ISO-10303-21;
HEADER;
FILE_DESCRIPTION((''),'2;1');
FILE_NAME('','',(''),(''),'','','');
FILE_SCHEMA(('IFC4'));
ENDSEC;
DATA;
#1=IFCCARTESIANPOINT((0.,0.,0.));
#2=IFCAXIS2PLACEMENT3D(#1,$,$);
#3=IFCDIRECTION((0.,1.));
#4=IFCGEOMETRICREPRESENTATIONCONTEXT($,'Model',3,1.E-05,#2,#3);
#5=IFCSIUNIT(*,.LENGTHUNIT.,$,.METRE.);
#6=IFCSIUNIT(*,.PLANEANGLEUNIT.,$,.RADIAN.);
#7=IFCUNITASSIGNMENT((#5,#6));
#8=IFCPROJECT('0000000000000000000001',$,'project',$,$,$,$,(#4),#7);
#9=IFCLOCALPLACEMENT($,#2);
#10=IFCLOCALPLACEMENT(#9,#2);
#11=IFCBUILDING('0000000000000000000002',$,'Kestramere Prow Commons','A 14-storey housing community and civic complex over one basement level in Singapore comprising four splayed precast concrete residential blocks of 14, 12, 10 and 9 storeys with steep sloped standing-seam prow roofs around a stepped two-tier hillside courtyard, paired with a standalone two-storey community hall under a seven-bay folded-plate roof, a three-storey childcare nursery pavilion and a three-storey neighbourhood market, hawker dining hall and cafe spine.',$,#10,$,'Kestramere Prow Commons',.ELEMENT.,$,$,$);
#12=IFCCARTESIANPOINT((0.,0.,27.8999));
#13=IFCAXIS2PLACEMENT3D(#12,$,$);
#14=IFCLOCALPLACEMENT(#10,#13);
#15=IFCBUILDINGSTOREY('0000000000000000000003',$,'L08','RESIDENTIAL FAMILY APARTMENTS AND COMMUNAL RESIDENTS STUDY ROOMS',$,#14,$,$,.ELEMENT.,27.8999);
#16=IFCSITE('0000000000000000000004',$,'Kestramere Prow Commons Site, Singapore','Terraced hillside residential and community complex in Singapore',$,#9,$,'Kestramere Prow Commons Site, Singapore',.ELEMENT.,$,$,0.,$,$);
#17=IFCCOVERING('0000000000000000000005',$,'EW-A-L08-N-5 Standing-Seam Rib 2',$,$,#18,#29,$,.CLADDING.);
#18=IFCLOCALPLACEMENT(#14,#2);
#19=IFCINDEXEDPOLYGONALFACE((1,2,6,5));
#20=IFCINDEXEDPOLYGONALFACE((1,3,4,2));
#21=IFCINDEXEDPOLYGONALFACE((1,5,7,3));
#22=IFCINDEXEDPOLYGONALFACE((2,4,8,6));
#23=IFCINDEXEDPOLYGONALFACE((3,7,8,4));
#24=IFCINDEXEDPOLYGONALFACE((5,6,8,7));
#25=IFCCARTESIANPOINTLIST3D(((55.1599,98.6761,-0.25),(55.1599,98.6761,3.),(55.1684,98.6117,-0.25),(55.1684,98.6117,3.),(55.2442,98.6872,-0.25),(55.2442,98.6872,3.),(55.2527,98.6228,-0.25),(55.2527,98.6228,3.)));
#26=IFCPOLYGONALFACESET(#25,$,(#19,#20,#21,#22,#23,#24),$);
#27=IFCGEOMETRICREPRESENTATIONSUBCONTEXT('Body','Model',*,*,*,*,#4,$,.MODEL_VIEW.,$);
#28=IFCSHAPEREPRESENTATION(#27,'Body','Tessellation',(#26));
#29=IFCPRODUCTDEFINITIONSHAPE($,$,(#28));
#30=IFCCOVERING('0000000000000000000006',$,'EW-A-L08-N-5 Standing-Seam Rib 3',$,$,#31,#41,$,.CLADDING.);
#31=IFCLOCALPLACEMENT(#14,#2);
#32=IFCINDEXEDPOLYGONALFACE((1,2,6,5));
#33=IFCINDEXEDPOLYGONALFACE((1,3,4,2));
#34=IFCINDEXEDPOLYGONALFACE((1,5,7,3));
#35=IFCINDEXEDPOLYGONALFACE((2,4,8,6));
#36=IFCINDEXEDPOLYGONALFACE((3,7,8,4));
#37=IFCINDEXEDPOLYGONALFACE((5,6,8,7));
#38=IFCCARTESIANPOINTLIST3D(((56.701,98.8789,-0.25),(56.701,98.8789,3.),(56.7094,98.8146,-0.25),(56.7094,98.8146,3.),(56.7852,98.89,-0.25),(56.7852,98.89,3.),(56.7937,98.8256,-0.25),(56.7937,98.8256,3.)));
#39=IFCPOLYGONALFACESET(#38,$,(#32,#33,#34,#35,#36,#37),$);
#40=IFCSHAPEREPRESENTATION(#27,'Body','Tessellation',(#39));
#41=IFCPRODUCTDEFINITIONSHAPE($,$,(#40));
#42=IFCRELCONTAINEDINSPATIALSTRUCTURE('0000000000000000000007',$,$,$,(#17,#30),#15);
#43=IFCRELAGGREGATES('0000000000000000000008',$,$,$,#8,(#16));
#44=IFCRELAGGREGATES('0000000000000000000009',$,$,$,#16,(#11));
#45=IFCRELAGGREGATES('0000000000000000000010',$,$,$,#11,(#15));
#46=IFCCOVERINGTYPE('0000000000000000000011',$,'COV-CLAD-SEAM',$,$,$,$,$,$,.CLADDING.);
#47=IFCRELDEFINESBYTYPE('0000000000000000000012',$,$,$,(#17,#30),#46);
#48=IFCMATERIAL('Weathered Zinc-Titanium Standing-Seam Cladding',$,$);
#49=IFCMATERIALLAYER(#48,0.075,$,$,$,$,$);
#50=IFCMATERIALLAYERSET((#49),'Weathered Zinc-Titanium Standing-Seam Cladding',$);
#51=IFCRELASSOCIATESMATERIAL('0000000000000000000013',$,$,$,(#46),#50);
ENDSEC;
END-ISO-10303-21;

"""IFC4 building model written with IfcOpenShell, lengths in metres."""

from ifc_helpers import new_model, si_unit, direction, frame, origin, origin_2d, place, context, subcontext, project, spatial, rectangle, extrude, material, layer, layer_set, type_object, element, save


model = new_model("IFC4")

# Units and contexts
model_context = context("Model", 3, precision=1e-05, world=origin(), true_north=direction((0.0, 1.0)))
body_context = subcontext(model_context, "Body", "Model", "MODEL_VIEW")
ifc_project = project(units=[si_unit("LENGTHUNIT", "METRE"), si_unit("PLANEANGLEUNIT", "RADIAN")], contexts=[model_context])

# Site, building, storey
site_placement = place(None, origin())
site = spatial("IfcSite", under=ifc_project, at=site_placement, Name="Kestramere Prow Commons Site, Singapore", Description="Terraced hillside residential and community complex in Singapore", LongName="Kestramere Prow Commons Site, Singapore", CompositionType="ELEMENT", RefElevation=0.0)
building_placement = place(site_placement, origin())
building = spatial("IfcBuilding", under=site, at=building_placement, Name="Kestramere Prow Commons", Description="A 14-storey housing community and civic complex over one basement level in Singapore comprising four splayed precast concrete residential blocks of 14, 12, 10 and 9 storeys with steep sloped standing-seam prow roofs around a stepped two-tier hillside courtyard, paired with a standalone two-storey community hall under a seven-bay folded-plate roof, a three-storey childcare nursery pavilion and a three-storey neighbourhood market, hawker dining hall and cafe spine.", LongName="Kestramere Prow Commons", CompositionType="ELEMENT")
storey_placement = place(building_placement, frame((0.0, 0.0, 27.8999)))
storey = spatial("IfcBuildingStorey", under=building, at=storey_placement, Name="L08", Description="RESIDENTIAL FAMILY APARTMENTS AND COMMUNAL RESIDENTS STUDY ROOMS", CompositionType="ELEMENT", Elevation=27.8999)

# Coverings
ifc_material_1 = material(Name="Weathered Zinc-Titanium Standing-Seam Cladding")
ifc_layer_1 = layer(ifc_material_1, 0.075)
ifc_layer_set_1 = layer_set([ifc_layer_1], Name="Weathered Zinc-Titanium Standing-Seam Cladding")
covering_type = type_object("IfcCoveringType", Name="COV-CLAD-SEAM", PredefinedType="CLADDING", material=ifc_layer_set_1)
for number, where, z_axis, x_axis, name in (
    (1, (55.2063, 98.6494, -0.25), (0.0, 0.0, 1.0), (0.991445, 0.130526, 0.0), "EW-A-L08-N-5 Standing-Seam Rib 2"),
    (2, (56.7473, 98.8523, -0.25), (0.0, 0.0, 1.0), (0.991445, 0.130526, 0.0), "EW-A-L08-N-5 Standing-Seam Rib 3"),
):
    element("IfcCovering", number, at=place(storey_placement, frame(where, z_axis=z_axis, x_axis=x_axis)), inside=storey, type_object=covering_type, Name=name, PredefinedType="CLADDING", context=body_context, shape_type="SweptSolid", body=[
        extrude(rectangle(XDim=0.085, YDim=0.0649, at=origin_2d()), origin(), (0.0, 0.0, 1.0), 3.25),
    ])

save(model, "model.ifc")
